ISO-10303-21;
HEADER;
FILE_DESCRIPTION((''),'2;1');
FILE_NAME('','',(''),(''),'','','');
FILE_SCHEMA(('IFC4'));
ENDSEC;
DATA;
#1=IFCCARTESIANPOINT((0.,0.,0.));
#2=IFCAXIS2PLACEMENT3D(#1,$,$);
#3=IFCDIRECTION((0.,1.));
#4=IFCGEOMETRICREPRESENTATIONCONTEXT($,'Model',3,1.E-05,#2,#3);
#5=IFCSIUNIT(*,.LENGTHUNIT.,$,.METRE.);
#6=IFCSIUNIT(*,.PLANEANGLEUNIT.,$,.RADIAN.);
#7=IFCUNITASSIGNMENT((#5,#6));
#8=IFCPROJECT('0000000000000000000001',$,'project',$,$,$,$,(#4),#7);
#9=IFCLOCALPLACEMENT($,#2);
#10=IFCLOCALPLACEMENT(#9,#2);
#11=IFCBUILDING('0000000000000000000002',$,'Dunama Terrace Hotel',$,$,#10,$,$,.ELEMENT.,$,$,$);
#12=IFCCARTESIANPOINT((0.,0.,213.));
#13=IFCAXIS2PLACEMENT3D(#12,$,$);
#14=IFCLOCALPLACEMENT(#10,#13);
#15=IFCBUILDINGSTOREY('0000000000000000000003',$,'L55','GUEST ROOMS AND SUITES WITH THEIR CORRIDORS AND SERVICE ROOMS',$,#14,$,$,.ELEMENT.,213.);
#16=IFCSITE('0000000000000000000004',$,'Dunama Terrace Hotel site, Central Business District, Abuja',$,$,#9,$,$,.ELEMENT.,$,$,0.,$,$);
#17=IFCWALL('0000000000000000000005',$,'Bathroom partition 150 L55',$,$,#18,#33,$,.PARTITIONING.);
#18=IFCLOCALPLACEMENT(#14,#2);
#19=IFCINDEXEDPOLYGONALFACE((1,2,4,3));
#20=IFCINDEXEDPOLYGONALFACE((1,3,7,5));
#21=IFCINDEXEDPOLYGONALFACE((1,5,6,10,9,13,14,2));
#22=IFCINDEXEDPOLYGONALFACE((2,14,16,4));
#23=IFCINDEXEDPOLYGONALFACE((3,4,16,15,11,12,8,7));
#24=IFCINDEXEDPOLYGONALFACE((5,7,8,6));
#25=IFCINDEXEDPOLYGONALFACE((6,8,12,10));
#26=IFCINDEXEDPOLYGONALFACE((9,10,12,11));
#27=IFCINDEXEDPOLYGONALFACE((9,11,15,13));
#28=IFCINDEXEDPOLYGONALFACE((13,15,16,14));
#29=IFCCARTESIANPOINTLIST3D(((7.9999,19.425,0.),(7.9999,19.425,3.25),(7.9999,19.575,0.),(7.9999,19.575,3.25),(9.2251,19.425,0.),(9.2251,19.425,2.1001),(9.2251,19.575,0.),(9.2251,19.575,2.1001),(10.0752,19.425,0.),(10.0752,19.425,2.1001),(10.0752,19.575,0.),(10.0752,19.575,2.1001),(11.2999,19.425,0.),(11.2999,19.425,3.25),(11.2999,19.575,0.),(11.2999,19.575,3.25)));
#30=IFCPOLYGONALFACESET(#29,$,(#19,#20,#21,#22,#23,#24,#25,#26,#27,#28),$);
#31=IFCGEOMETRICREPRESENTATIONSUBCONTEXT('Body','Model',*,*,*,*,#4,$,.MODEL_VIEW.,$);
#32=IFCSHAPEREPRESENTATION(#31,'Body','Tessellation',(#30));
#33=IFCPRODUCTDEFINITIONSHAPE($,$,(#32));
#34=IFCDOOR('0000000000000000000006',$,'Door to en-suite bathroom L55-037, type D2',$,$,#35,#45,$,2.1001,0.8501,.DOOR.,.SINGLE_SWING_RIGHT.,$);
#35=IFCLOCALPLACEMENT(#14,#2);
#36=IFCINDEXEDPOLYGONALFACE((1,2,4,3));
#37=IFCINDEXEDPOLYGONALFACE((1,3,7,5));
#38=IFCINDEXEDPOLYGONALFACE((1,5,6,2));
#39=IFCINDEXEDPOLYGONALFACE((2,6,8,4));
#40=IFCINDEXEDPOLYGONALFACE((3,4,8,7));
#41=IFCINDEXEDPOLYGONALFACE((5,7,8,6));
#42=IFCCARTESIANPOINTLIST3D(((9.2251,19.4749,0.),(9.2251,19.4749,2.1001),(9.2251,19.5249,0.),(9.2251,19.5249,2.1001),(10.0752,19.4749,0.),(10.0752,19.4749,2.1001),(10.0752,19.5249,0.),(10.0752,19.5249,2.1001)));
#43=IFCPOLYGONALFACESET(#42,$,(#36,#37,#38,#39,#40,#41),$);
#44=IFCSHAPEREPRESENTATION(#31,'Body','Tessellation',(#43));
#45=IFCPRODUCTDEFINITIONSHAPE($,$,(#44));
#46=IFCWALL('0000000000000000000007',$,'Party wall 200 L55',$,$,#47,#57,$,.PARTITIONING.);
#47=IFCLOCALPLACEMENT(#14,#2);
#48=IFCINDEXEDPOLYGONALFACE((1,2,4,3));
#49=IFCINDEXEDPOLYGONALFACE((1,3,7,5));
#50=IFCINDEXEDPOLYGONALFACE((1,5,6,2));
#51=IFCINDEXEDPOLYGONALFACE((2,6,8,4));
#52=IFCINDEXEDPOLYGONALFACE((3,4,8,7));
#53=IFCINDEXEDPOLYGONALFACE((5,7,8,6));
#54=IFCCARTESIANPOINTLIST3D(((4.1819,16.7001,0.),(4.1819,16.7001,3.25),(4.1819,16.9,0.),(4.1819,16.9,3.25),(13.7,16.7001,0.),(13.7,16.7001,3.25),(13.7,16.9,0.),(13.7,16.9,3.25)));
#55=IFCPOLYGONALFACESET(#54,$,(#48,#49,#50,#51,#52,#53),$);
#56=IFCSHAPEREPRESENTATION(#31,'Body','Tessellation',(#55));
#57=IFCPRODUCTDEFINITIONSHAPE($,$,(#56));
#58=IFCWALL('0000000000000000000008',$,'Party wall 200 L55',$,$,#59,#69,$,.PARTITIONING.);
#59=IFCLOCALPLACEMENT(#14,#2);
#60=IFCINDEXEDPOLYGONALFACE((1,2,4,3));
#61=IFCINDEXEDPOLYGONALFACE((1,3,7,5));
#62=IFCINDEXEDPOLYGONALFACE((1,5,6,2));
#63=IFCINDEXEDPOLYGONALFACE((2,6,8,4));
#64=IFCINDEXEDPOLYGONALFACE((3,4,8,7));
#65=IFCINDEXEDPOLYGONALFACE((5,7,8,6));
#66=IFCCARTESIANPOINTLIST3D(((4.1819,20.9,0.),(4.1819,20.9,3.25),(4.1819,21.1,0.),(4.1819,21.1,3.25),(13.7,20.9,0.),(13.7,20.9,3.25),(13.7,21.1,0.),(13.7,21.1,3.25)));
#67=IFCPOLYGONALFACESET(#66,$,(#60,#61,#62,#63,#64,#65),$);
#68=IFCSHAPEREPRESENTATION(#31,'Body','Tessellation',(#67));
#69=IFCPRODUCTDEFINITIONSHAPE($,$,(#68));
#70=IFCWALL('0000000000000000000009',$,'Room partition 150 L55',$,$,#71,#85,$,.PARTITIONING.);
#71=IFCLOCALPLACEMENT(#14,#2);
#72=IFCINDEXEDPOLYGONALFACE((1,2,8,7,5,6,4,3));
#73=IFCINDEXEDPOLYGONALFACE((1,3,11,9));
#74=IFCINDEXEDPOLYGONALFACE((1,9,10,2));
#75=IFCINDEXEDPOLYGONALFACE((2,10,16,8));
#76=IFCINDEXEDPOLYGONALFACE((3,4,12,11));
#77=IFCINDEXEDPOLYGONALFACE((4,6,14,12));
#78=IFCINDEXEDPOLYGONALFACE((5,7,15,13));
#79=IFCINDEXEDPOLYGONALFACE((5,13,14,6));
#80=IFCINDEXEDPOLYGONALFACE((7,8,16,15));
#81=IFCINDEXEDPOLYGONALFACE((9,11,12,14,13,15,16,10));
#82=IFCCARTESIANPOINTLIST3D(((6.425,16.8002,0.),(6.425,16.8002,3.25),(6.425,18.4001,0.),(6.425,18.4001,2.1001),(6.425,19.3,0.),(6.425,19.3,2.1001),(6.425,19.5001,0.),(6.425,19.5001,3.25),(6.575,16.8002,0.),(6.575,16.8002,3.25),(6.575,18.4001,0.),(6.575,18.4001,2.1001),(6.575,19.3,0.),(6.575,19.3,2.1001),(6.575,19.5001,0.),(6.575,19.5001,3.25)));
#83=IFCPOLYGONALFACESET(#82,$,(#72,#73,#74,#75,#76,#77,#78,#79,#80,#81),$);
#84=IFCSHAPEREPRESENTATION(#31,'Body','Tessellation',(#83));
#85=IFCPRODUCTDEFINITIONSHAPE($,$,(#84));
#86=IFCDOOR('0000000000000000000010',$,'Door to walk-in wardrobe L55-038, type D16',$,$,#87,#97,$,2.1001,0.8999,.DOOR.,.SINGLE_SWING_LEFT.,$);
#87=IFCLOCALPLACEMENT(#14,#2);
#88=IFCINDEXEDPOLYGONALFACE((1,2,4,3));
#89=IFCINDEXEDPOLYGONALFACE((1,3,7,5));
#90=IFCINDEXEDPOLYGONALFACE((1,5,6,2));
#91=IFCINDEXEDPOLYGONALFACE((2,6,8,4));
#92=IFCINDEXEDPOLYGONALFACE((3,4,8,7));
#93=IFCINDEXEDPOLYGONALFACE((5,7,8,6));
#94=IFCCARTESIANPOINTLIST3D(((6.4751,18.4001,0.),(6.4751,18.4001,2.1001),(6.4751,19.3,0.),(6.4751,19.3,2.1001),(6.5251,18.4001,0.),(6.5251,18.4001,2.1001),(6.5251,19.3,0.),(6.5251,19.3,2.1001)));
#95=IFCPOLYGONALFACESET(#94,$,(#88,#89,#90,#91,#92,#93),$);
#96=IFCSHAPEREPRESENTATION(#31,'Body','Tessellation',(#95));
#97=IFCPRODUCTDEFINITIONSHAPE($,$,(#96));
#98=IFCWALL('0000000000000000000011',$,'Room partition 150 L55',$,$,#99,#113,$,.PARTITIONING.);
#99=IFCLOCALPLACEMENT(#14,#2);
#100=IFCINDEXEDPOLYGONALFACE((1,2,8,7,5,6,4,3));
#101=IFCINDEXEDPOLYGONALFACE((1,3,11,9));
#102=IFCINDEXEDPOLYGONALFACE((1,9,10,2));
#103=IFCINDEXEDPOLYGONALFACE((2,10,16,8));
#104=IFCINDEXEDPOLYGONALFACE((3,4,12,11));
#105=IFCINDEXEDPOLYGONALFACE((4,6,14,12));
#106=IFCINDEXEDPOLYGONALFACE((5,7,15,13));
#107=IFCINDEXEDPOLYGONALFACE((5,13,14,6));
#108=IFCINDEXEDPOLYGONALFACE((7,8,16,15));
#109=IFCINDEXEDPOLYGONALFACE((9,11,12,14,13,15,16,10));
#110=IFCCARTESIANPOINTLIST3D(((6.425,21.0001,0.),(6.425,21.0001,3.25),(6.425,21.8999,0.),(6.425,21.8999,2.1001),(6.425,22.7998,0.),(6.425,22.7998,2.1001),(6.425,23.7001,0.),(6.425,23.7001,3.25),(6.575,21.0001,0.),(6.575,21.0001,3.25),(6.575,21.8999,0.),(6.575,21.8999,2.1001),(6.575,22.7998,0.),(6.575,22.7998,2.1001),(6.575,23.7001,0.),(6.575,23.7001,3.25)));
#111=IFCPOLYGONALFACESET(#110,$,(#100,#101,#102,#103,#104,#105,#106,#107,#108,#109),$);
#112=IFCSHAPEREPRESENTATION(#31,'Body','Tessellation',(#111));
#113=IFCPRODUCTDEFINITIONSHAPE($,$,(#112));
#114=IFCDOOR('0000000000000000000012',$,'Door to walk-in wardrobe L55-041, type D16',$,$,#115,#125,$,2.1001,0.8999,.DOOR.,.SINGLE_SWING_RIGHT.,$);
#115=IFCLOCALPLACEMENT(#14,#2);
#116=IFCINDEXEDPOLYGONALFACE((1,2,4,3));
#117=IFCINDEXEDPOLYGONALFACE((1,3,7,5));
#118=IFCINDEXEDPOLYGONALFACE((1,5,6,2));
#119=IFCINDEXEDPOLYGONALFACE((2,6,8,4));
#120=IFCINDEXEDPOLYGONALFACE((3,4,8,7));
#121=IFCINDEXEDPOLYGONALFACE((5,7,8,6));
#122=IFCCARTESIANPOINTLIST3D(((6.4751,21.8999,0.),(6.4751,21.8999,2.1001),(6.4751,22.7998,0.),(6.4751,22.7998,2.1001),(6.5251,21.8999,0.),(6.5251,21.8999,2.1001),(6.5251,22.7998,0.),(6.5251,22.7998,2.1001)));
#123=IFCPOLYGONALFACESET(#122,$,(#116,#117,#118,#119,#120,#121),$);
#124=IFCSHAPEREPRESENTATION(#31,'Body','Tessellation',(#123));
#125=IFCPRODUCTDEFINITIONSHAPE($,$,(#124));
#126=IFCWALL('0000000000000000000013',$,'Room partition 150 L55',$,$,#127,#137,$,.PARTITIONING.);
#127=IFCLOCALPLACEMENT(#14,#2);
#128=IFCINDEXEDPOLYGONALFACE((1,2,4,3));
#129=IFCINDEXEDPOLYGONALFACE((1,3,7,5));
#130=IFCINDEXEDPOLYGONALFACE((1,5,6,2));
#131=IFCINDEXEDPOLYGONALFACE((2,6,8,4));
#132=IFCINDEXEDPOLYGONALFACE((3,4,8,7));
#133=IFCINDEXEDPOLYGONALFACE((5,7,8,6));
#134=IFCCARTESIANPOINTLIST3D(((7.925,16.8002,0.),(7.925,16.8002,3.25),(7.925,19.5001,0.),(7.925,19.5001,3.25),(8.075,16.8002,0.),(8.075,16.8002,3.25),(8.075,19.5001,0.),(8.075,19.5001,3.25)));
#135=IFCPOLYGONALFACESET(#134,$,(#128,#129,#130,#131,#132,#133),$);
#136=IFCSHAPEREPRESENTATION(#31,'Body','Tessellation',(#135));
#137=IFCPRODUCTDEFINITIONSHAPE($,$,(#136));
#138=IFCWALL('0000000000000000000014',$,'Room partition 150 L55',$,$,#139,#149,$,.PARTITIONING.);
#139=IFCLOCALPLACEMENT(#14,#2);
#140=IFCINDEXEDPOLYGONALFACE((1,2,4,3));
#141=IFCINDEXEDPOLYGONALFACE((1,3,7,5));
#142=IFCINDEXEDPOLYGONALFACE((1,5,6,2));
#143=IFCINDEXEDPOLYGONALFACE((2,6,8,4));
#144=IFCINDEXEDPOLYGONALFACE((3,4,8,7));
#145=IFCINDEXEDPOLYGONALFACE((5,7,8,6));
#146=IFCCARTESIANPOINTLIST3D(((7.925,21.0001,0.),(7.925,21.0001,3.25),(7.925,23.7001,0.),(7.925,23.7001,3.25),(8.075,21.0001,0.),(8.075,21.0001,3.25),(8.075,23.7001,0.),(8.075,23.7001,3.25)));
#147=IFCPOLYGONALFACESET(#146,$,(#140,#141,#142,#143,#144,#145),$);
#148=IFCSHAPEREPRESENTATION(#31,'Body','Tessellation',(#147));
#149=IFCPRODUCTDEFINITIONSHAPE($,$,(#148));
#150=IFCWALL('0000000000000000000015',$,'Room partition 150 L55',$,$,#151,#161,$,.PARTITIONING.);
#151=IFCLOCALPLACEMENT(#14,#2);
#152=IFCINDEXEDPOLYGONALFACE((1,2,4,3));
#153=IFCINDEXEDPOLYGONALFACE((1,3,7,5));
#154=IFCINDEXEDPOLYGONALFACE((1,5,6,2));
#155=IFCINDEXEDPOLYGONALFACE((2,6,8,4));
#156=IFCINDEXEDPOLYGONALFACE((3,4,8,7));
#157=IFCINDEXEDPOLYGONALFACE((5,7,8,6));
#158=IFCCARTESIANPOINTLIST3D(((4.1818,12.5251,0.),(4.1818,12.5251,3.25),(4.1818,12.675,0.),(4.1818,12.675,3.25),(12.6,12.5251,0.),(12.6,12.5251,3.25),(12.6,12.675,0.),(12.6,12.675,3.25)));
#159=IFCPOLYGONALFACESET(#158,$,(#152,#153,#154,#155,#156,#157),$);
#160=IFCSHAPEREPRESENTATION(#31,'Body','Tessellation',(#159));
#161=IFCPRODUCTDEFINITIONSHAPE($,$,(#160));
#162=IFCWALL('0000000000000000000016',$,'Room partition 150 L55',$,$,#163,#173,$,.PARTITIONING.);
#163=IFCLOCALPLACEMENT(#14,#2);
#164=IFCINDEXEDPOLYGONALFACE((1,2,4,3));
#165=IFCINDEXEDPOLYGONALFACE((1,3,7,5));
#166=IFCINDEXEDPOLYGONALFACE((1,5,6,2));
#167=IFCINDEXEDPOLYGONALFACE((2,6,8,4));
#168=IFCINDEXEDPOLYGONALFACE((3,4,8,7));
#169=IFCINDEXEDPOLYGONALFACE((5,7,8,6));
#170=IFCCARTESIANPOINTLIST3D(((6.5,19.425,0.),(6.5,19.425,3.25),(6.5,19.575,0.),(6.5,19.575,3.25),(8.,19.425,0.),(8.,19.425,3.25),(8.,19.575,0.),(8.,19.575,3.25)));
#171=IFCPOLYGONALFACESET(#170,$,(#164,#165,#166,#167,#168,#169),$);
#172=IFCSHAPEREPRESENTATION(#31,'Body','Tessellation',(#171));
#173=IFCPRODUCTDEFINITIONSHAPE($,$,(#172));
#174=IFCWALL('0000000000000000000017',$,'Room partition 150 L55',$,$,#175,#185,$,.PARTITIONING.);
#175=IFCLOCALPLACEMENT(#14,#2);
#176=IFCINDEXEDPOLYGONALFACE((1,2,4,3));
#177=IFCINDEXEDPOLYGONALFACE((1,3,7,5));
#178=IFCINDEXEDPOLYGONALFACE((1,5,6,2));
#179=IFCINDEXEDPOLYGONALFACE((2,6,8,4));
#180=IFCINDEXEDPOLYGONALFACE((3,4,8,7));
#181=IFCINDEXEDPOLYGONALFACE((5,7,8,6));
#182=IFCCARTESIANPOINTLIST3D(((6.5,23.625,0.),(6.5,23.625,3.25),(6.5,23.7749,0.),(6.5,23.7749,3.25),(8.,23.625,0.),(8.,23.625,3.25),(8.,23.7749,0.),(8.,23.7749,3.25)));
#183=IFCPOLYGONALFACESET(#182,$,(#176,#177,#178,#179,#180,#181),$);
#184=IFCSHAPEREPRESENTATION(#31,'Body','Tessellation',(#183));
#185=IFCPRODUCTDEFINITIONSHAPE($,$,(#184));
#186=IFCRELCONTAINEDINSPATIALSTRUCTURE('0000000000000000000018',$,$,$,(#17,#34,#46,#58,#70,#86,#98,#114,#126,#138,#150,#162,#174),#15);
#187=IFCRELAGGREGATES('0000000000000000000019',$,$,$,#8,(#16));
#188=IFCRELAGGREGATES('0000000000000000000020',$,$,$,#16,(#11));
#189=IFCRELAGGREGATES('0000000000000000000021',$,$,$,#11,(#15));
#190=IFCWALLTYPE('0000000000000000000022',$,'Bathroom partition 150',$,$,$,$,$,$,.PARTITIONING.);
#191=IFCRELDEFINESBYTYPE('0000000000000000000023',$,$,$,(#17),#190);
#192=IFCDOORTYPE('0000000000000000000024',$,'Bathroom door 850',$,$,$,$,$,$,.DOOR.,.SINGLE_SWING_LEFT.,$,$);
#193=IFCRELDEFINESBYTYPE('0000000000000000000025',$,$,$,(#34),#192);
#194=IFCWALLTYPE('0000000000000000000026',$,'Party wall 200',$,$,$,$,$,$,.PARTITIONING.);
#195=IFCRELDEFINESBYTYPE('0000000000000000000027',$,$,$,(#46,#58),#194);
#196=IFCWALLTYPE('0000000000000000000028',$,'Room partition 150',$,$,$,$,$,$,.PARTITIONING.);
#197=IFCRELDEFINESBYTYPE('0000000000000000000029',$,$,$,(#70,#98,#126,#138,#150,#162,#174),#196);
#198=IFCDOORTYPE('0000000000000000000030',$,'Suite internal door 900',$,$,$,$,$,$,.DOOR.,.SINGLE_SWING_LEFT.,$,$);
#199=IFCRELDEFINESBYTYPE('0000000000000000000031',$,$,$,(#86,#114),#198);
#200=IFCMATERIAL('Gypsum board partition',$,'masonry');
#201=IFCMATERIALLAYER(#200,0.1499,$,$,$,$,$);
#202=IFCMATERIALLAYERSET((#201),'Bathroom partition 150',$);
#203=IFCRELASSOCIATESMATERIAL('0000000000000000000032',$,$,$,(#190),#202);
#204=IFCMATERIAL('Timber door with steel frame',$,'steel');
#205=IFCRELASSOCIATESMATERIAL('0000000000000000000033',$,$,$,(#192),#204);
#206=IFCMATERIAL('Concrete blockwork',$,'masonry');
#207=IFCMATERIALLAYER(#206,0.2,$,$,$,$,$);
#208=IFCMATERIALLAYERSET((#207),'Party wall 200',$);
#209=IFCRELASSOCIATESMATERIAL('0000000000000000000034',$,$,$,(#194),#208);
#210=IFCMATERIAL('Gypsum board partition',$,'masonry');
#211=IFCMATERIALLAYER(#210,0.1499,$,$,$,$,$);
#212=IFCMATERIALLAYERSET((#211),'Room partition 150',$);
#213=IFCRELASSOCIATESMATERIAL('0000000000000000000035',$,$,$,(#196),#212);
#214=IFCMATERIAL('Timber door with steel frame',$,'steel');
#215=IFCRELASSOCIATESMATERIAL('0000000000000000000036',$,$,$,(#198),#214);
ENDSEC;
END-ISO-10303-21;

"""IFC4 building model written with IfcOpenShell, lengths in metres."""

from ifc_helpers import new_model, si_unit, direction, frame, frame_2d, origin, place, context, subcontext, project, spatial, rectangle, extrude, material, layer, layer_set, type_object, element, fill, save


model = new_model("IFC4")

# Units and contexts
model_context = context("Model", 3, precision=1e-05, world=origin(), true_north=direction((0.0, 1.0)))
body_context = subcontext(model_context, "Body", "Model", "MODEL_VIEW")
ifc_project = project(units=[si_unit("LENGTHUNIT", "METRE"), si_unit("PLANEANGLEUNIT", "RADIAN")], contexts=[model_context])

# Site, building, storey
site_placement = place(None, origin())
site = spatial("IfcSite", under=ifc_project, at=site_placement, Name="Dunama Terrace Hotel site, Central Business District, Abuja", CompositionType="ELEMENT", RefElevation=0.0)
building_placement = place(site_placement, origin())
building = spatial("IfcBuilding", under=site, at=building_placement, Name="Dunama Terrace Hotel", CompositionType="ELEMENT")
storey_placement = place(building_placement, frame((0.0, 0.0, 213.0)))
storey = spatial("IfcBuildingStorey", under=building, at=storey_placement, Name="L55", Description="GUEST ROOMS AND SUITES WITH THEIR CORRIDORS AND SERVICE ROOMS", CompositionType="ELEMENT", Elevation=213.0)

# Wall, opening, door
ifc_material_1 = material(Name="Gypsum board partition", Category="masonry")
ifc_layer_1 = layer(ifc_material_1, 0.1499)
ifc_layer_set_1 = layer_set([ifc_layer_1], Name="Bathroom partition 150")
wall_type_1 = type_object("IfcWallType", Name="Bathroom partition 150", PredefinedType="PARTITIONING", material=ifc_layer_set_1)
wall_1_placement = place(storey_placement, frame((8.0, 19.5, 0.0), z_axis=(0.0, 0.0, 1.0), x_axis=(1.0, 0.0, 0.0)))
wall_1 = element("IfcWall", 1, at=wall_1_placement, inside=storey, type_object=wall_type_1, Name="Bathroom partition 150 L55", PredefinedType="PARTITIONING", context=body_context, shape_type="SweptSolid", body=[
    extrude(rectangle(XDim=3.3, YDim=0.1499, at=frame_2d((1.6499, 0.0))), origin(), (0.0, 0.0, 1.0), 3.25),
])
opening_1_placement = place(wall_1_placement, frame((1.2251, 0.0, 0.0)))
opening_1 = element("IfcOpeningElement", 2, at=opening_1_placement, cuts=wall_1, PredefinedType="OPENING", context=body_context, shape_type="SweptSolid", body=[
    extrude(rectangle(XDim=0.8501, YDim=2.1001, at=frame_2d((0.425, 1.05))), frame((0.0, 0.085, 0.0), z_axis=(0.0, -1.0, 0.0), x_axis=(1.0, 0.0, 0.0)), (0.0, 0.0, 1.0), 0.1699),
])
ifc_material_2 = material(Name="Timber door with steel frame", Category="steel")
door_type_1 = type_object("IfcDoorType", Name="Bathroom door 850", OperationType="SINGLE_SWING_LEFT", PredefinedType="DOOR", material=ifc_material_2)
door_1_placement = place(opening_1_placement, frame((0.8501, 0.0, 0.0), z_axis=(0.0, 0.0, 1.0), x_axis=(-1.0, 0.0, 0.0)))
door_1 = element("IfcDoor", 3, at=door_1_placement, inside=storey, type_object=door_type_1, Name="Door to en-suite bathroom L55-037, type D2", OperationType="SINGLE_SWING_RIGHT", OverallHeight=2.1001, OverallWidth=0.8501, PredefinedType="DOOR", context=body_context, shape_type="SweptSolid", body=[
    extrude(rectangle(XDim=0.8501, YDim=2.1001, at=frame_2d((0.425, 1.05))), frame((0.0, 0.0251, 0.0), z_axis=(0.0, -1.0, 0.0), x_axis=(1.0, 0.0, 0.0)), (0.0, 0.0, 1.0), 0.05),
])
fill(opening_1, door_1)

# Walls
ifc_material_3 = material(Name="Concrete blockwork", Category="masonry")
ifc_layer_2 = layer(ifc_material_3, 0.2)
ifc_layer_set_2 = layer_set([ifc_layer_2], Name="Party wall 200")
wall_type_2 = type_object("IfcWallType", Name="Party wall 200", PredefinedType="PARTITIONING", material=ifc_layer_set_2)
for number, where, z_axis, x_axis, name in (
    (4, (4.1819, 16.8, 0.0), (0.0, 0.0, 1.0), (1.0, 0.0, 0.0), "Party wall 200 L55"),
    (5, (4.1819, 21.0, 0.0), (0.0, 0.0, 1.0), (1.0, 0.0, 0.0), "Party wall 200 L55"),
):
    element("IfcWall", number, at=place(storey_placement, frame(where, z_axis=z_axis, x_axis=x_axis)), inside=storey, type_object=wall_type_2, Name=name, PredefinedType="PARTITIONING", context=body_context, shape_type="SweptSolid", body=[
        extrude(rectangle(XDim=9.5181, YDim=0.2, at=frame_2d((4.759, 0.0))), origin(), (0.0, 0.0, 1.0), 3.25),
    ])

# Walls, openings, doors
ifc_material_4 = material(Name="Gypsum board partition", Category="masonry")
ifc_layer_3 = layer(ifc_material_4, 0.1499)
ifc_layer_set_3 = layer_set([ifc_layer_3], Name="Room partition 150")
wall_type_3 = type_object("IfcWallType", Name="Room partition 150", PredefinedType="PARTITIONING", material=ifc_layer_set_3)
wall_2_placement = place(storey_placement, frame((6.5, 16.8, 0.0), z_axis=(0.0, 0.0, 1.0), x_axis=(0.0, 1.0, 0.0)))
wall_2 = element("IfcWall", 6, at=wall_2_placement, inside=storey, type_object=wall_type_3, Name="Room partition 150 L55", PredefinedType="PARTITIONING", context=body_context, shape_type="SweptSolid", body=[
    extrude(rectangle(XDim=2.7, YDim=0.1499, at=frame_2d((1.3501, 0.0))), origin(), (0.0, 0.0, 1.0), 3.25),
])
opening_2_placement = place(wall_2_placement, frame((1.6001, 0.0, 0.0)))
opening_2 = element("IfcOpeningElement", 7, at=opening_2_placement, cuts=wall_2, PredefinedType="OPENING", context=body_context, shape_type="SweptSolid", body=[
    extrude(rectangle(XDim=0.8999, YDim=2.1001, at=frame_2d((0.45, 1.05))), frame((0.0, 0.085, 0.0), z_axis=(0.0, -1.0, 0.0), x_axis=(1.0, 0.0, 0.0)), (0.0, 0.0, 1.0), 0.1699),
])
ifc_material_5 = material(Name="Timber door with steel frame", Category="steel")
door_type_2 = type_object("IfcDoorType", Name="Suite internal door 900", OperationType="SINGLE_SWING_LEFT", PredefinedType="DOOR", material=ifc_material_5)
door_2_placement = place(opening_2_placement, frame((0.8999, 0.0, 0.0), z_axis=(0.0, 0.0, 1.0), x_axis=(-1.0, 0.0, 0.0)))
door_2 = element("IfcDoor", 8, at=door_2_placement, inside=storey, type_object=door_type_2, Name="Door to walk-in wardrobe L55-038, type D16", OperationType="SINGLE_SWING_LEFT", OverallHeight=2.1001, OverallWidth=0.8999, PredefinedType="DOOR", context=body_context, shape_type="SweptSolid", body=[
    extrude(rectangle(XDim=0.8999, YDim=2.1001, at=frame_2d((0.45, 1.05))), frame((0.0, 0.0251, 0.0), z_axis=(0.0, -1.0, 0.0), x_axis=(1.0, 0.0, 0.0)), (0.0, 0.0, 1.0), 0.05),
])
fill(opening_2, door_2)
wall_3_placement = place(storey_placement, frame((6.5, 21.0, 0.0), z_axis=(0.0, 0.0, 1.0), x_axis=(0.0, 1.0, 0.0)))
wall_3 = element("IfcWall", 9, at=wall_3_placement, inside=storey, type_object=wall_type_3, Name="Room partition 150 L55", PredefinedType="PARTITIONING", context=body_context, shape_type="SweptSolid", body=[
    extrude(rectangle(XDim=2.7, YDim=0.1499, at=frame_2d((1.3501, 0.0))), origin(), (0.0, 0.0, 1.0), 3.25),
])
opening_3_placement = place(wall_3_placement, frame((0.8999, 0.0, 0.0)))
opening_3 = element("IfcOpeningElement", 10, at=opening_3_placement, cuts=wall_3, PredefinedType="OPENING", context=body_context, shape_type="SweptSolid", body=[
    extrude(rectangle(XDim=0.8999, YDim=2.1001, at=frame_2d((0.45, 1.05))), frame((0.0, 0.085, 0.0), z_axis=(0.0, -1.0, 0.0), x_axis=(1.0, 0.0, 0.0)), (0.0, 0.0, 1.0), 0.1699),
])
door_3_placement = place(opening_3_placement, frame((0.8999, 0.0, 0.0), z_axis=(0.0, 0.0, 1.0), x_axis=(-1.0, 0.0, 0.0)))
door_3 = element("IfcDoor", 11, at=door_3_placement, inside=storey, type_object=door_type_2, Name="Door to walk-in wardrobe L55-041, type D16", OperationType="SINGLE_SWING_RIGHT", OverallHeight=2.1001, OverallWidth=0.8999, PredefinedType="DOOR", context=body_context, shape_type="SweptSolid", body=[
    extrude(rectangle(XDim=0.8999, YDim=2.1001, at=frame_2d((0.45, 1.05))), frame((0.0, 0.0251, 0.0), z_axis=(0.0, -1.0, 0.0), x_axis=(1.0, 0.0, 0.0)), (0.0, 0.0, 1.0), 0.05),
])
fill(opening_3, door_3)

# Walls
for number, where, z_axis, x_axis, name in (
    (12, (8.0, 16.8, 0.0), (0.0, 0.0, 1.0), (0.0, 1.0, 0.0), "Room partition 150 L55"),
    (13, (8.0, 21.0, 0.0), (0.0, 0.0, 1.0), (0.0, 1.0, 0.0), "Room partition 150 L55"),
):
    element("IfcWall", number, at=place(storey_placement, frame(where, z_axis=z_axis, x_axis=x_axis)), inside=storey, type_object=wall_type_3, Name=name, PredefinedType="PARTITIONING", context=body_context, shape_type="SweptSolid", body=[
        extrude(rectangle(XDim=2.7, YDim=0.1499, at=frame_2d((1.3501, 0.0))), origin(), (0.0, 0.0, 1.0), 3.25),
    ])
wall_4_placement = place(storey_placement, frame((4.1819, 12.6001, 0.0), z_axis=(0.0, 0.0, 1.0), x_axis=(1.0, 0.0, 0.0)))
element("IfcWall", 14, at=wall_4_placement, inside=storey, type_object=wall_type_3, Name="Room partition 150 L55", PredefinedType="PARTITIONING", context=body_context, shape_type="SweptSolid", body=[
    extrude(rectangle(XDim=8.4182, YDim=0.1499, at=frame_2d((4.209, 0.0))), origin(), (0.0, 0.0, 1.0), 3.25),
])
for number, where, z_axis, x_axis, name in (
    (15, (6.5, 19.5, 0.0), (0.0, 0.0, 1.0), (1.0, 0.0, 0.0), "Room partition 150 L55"),
    (16, (6.5, 23.7, 0.0), (0.0, 0.0, 1.0), (1.0, 0.0, 0.0), "Room partition 150 L55"),
):
    element("IfcWall", number, at=place(storey_placement, frame(where, z_axis=z_axis, x_axis=x_axis)), inside=storey, type_object=wall_type_3, Name=name, PredefinedType="PARTITIONING", context=body_context, shape_type="SweptSolid", body=[
        extrude(rectangle(XDim=1.5, YDim=0.1499, at=frame_2d((0.75, 0.0))), origin(), (0.0, 0.0, 1.0), 3.25),
    ])

save(model, "model.ifc")
